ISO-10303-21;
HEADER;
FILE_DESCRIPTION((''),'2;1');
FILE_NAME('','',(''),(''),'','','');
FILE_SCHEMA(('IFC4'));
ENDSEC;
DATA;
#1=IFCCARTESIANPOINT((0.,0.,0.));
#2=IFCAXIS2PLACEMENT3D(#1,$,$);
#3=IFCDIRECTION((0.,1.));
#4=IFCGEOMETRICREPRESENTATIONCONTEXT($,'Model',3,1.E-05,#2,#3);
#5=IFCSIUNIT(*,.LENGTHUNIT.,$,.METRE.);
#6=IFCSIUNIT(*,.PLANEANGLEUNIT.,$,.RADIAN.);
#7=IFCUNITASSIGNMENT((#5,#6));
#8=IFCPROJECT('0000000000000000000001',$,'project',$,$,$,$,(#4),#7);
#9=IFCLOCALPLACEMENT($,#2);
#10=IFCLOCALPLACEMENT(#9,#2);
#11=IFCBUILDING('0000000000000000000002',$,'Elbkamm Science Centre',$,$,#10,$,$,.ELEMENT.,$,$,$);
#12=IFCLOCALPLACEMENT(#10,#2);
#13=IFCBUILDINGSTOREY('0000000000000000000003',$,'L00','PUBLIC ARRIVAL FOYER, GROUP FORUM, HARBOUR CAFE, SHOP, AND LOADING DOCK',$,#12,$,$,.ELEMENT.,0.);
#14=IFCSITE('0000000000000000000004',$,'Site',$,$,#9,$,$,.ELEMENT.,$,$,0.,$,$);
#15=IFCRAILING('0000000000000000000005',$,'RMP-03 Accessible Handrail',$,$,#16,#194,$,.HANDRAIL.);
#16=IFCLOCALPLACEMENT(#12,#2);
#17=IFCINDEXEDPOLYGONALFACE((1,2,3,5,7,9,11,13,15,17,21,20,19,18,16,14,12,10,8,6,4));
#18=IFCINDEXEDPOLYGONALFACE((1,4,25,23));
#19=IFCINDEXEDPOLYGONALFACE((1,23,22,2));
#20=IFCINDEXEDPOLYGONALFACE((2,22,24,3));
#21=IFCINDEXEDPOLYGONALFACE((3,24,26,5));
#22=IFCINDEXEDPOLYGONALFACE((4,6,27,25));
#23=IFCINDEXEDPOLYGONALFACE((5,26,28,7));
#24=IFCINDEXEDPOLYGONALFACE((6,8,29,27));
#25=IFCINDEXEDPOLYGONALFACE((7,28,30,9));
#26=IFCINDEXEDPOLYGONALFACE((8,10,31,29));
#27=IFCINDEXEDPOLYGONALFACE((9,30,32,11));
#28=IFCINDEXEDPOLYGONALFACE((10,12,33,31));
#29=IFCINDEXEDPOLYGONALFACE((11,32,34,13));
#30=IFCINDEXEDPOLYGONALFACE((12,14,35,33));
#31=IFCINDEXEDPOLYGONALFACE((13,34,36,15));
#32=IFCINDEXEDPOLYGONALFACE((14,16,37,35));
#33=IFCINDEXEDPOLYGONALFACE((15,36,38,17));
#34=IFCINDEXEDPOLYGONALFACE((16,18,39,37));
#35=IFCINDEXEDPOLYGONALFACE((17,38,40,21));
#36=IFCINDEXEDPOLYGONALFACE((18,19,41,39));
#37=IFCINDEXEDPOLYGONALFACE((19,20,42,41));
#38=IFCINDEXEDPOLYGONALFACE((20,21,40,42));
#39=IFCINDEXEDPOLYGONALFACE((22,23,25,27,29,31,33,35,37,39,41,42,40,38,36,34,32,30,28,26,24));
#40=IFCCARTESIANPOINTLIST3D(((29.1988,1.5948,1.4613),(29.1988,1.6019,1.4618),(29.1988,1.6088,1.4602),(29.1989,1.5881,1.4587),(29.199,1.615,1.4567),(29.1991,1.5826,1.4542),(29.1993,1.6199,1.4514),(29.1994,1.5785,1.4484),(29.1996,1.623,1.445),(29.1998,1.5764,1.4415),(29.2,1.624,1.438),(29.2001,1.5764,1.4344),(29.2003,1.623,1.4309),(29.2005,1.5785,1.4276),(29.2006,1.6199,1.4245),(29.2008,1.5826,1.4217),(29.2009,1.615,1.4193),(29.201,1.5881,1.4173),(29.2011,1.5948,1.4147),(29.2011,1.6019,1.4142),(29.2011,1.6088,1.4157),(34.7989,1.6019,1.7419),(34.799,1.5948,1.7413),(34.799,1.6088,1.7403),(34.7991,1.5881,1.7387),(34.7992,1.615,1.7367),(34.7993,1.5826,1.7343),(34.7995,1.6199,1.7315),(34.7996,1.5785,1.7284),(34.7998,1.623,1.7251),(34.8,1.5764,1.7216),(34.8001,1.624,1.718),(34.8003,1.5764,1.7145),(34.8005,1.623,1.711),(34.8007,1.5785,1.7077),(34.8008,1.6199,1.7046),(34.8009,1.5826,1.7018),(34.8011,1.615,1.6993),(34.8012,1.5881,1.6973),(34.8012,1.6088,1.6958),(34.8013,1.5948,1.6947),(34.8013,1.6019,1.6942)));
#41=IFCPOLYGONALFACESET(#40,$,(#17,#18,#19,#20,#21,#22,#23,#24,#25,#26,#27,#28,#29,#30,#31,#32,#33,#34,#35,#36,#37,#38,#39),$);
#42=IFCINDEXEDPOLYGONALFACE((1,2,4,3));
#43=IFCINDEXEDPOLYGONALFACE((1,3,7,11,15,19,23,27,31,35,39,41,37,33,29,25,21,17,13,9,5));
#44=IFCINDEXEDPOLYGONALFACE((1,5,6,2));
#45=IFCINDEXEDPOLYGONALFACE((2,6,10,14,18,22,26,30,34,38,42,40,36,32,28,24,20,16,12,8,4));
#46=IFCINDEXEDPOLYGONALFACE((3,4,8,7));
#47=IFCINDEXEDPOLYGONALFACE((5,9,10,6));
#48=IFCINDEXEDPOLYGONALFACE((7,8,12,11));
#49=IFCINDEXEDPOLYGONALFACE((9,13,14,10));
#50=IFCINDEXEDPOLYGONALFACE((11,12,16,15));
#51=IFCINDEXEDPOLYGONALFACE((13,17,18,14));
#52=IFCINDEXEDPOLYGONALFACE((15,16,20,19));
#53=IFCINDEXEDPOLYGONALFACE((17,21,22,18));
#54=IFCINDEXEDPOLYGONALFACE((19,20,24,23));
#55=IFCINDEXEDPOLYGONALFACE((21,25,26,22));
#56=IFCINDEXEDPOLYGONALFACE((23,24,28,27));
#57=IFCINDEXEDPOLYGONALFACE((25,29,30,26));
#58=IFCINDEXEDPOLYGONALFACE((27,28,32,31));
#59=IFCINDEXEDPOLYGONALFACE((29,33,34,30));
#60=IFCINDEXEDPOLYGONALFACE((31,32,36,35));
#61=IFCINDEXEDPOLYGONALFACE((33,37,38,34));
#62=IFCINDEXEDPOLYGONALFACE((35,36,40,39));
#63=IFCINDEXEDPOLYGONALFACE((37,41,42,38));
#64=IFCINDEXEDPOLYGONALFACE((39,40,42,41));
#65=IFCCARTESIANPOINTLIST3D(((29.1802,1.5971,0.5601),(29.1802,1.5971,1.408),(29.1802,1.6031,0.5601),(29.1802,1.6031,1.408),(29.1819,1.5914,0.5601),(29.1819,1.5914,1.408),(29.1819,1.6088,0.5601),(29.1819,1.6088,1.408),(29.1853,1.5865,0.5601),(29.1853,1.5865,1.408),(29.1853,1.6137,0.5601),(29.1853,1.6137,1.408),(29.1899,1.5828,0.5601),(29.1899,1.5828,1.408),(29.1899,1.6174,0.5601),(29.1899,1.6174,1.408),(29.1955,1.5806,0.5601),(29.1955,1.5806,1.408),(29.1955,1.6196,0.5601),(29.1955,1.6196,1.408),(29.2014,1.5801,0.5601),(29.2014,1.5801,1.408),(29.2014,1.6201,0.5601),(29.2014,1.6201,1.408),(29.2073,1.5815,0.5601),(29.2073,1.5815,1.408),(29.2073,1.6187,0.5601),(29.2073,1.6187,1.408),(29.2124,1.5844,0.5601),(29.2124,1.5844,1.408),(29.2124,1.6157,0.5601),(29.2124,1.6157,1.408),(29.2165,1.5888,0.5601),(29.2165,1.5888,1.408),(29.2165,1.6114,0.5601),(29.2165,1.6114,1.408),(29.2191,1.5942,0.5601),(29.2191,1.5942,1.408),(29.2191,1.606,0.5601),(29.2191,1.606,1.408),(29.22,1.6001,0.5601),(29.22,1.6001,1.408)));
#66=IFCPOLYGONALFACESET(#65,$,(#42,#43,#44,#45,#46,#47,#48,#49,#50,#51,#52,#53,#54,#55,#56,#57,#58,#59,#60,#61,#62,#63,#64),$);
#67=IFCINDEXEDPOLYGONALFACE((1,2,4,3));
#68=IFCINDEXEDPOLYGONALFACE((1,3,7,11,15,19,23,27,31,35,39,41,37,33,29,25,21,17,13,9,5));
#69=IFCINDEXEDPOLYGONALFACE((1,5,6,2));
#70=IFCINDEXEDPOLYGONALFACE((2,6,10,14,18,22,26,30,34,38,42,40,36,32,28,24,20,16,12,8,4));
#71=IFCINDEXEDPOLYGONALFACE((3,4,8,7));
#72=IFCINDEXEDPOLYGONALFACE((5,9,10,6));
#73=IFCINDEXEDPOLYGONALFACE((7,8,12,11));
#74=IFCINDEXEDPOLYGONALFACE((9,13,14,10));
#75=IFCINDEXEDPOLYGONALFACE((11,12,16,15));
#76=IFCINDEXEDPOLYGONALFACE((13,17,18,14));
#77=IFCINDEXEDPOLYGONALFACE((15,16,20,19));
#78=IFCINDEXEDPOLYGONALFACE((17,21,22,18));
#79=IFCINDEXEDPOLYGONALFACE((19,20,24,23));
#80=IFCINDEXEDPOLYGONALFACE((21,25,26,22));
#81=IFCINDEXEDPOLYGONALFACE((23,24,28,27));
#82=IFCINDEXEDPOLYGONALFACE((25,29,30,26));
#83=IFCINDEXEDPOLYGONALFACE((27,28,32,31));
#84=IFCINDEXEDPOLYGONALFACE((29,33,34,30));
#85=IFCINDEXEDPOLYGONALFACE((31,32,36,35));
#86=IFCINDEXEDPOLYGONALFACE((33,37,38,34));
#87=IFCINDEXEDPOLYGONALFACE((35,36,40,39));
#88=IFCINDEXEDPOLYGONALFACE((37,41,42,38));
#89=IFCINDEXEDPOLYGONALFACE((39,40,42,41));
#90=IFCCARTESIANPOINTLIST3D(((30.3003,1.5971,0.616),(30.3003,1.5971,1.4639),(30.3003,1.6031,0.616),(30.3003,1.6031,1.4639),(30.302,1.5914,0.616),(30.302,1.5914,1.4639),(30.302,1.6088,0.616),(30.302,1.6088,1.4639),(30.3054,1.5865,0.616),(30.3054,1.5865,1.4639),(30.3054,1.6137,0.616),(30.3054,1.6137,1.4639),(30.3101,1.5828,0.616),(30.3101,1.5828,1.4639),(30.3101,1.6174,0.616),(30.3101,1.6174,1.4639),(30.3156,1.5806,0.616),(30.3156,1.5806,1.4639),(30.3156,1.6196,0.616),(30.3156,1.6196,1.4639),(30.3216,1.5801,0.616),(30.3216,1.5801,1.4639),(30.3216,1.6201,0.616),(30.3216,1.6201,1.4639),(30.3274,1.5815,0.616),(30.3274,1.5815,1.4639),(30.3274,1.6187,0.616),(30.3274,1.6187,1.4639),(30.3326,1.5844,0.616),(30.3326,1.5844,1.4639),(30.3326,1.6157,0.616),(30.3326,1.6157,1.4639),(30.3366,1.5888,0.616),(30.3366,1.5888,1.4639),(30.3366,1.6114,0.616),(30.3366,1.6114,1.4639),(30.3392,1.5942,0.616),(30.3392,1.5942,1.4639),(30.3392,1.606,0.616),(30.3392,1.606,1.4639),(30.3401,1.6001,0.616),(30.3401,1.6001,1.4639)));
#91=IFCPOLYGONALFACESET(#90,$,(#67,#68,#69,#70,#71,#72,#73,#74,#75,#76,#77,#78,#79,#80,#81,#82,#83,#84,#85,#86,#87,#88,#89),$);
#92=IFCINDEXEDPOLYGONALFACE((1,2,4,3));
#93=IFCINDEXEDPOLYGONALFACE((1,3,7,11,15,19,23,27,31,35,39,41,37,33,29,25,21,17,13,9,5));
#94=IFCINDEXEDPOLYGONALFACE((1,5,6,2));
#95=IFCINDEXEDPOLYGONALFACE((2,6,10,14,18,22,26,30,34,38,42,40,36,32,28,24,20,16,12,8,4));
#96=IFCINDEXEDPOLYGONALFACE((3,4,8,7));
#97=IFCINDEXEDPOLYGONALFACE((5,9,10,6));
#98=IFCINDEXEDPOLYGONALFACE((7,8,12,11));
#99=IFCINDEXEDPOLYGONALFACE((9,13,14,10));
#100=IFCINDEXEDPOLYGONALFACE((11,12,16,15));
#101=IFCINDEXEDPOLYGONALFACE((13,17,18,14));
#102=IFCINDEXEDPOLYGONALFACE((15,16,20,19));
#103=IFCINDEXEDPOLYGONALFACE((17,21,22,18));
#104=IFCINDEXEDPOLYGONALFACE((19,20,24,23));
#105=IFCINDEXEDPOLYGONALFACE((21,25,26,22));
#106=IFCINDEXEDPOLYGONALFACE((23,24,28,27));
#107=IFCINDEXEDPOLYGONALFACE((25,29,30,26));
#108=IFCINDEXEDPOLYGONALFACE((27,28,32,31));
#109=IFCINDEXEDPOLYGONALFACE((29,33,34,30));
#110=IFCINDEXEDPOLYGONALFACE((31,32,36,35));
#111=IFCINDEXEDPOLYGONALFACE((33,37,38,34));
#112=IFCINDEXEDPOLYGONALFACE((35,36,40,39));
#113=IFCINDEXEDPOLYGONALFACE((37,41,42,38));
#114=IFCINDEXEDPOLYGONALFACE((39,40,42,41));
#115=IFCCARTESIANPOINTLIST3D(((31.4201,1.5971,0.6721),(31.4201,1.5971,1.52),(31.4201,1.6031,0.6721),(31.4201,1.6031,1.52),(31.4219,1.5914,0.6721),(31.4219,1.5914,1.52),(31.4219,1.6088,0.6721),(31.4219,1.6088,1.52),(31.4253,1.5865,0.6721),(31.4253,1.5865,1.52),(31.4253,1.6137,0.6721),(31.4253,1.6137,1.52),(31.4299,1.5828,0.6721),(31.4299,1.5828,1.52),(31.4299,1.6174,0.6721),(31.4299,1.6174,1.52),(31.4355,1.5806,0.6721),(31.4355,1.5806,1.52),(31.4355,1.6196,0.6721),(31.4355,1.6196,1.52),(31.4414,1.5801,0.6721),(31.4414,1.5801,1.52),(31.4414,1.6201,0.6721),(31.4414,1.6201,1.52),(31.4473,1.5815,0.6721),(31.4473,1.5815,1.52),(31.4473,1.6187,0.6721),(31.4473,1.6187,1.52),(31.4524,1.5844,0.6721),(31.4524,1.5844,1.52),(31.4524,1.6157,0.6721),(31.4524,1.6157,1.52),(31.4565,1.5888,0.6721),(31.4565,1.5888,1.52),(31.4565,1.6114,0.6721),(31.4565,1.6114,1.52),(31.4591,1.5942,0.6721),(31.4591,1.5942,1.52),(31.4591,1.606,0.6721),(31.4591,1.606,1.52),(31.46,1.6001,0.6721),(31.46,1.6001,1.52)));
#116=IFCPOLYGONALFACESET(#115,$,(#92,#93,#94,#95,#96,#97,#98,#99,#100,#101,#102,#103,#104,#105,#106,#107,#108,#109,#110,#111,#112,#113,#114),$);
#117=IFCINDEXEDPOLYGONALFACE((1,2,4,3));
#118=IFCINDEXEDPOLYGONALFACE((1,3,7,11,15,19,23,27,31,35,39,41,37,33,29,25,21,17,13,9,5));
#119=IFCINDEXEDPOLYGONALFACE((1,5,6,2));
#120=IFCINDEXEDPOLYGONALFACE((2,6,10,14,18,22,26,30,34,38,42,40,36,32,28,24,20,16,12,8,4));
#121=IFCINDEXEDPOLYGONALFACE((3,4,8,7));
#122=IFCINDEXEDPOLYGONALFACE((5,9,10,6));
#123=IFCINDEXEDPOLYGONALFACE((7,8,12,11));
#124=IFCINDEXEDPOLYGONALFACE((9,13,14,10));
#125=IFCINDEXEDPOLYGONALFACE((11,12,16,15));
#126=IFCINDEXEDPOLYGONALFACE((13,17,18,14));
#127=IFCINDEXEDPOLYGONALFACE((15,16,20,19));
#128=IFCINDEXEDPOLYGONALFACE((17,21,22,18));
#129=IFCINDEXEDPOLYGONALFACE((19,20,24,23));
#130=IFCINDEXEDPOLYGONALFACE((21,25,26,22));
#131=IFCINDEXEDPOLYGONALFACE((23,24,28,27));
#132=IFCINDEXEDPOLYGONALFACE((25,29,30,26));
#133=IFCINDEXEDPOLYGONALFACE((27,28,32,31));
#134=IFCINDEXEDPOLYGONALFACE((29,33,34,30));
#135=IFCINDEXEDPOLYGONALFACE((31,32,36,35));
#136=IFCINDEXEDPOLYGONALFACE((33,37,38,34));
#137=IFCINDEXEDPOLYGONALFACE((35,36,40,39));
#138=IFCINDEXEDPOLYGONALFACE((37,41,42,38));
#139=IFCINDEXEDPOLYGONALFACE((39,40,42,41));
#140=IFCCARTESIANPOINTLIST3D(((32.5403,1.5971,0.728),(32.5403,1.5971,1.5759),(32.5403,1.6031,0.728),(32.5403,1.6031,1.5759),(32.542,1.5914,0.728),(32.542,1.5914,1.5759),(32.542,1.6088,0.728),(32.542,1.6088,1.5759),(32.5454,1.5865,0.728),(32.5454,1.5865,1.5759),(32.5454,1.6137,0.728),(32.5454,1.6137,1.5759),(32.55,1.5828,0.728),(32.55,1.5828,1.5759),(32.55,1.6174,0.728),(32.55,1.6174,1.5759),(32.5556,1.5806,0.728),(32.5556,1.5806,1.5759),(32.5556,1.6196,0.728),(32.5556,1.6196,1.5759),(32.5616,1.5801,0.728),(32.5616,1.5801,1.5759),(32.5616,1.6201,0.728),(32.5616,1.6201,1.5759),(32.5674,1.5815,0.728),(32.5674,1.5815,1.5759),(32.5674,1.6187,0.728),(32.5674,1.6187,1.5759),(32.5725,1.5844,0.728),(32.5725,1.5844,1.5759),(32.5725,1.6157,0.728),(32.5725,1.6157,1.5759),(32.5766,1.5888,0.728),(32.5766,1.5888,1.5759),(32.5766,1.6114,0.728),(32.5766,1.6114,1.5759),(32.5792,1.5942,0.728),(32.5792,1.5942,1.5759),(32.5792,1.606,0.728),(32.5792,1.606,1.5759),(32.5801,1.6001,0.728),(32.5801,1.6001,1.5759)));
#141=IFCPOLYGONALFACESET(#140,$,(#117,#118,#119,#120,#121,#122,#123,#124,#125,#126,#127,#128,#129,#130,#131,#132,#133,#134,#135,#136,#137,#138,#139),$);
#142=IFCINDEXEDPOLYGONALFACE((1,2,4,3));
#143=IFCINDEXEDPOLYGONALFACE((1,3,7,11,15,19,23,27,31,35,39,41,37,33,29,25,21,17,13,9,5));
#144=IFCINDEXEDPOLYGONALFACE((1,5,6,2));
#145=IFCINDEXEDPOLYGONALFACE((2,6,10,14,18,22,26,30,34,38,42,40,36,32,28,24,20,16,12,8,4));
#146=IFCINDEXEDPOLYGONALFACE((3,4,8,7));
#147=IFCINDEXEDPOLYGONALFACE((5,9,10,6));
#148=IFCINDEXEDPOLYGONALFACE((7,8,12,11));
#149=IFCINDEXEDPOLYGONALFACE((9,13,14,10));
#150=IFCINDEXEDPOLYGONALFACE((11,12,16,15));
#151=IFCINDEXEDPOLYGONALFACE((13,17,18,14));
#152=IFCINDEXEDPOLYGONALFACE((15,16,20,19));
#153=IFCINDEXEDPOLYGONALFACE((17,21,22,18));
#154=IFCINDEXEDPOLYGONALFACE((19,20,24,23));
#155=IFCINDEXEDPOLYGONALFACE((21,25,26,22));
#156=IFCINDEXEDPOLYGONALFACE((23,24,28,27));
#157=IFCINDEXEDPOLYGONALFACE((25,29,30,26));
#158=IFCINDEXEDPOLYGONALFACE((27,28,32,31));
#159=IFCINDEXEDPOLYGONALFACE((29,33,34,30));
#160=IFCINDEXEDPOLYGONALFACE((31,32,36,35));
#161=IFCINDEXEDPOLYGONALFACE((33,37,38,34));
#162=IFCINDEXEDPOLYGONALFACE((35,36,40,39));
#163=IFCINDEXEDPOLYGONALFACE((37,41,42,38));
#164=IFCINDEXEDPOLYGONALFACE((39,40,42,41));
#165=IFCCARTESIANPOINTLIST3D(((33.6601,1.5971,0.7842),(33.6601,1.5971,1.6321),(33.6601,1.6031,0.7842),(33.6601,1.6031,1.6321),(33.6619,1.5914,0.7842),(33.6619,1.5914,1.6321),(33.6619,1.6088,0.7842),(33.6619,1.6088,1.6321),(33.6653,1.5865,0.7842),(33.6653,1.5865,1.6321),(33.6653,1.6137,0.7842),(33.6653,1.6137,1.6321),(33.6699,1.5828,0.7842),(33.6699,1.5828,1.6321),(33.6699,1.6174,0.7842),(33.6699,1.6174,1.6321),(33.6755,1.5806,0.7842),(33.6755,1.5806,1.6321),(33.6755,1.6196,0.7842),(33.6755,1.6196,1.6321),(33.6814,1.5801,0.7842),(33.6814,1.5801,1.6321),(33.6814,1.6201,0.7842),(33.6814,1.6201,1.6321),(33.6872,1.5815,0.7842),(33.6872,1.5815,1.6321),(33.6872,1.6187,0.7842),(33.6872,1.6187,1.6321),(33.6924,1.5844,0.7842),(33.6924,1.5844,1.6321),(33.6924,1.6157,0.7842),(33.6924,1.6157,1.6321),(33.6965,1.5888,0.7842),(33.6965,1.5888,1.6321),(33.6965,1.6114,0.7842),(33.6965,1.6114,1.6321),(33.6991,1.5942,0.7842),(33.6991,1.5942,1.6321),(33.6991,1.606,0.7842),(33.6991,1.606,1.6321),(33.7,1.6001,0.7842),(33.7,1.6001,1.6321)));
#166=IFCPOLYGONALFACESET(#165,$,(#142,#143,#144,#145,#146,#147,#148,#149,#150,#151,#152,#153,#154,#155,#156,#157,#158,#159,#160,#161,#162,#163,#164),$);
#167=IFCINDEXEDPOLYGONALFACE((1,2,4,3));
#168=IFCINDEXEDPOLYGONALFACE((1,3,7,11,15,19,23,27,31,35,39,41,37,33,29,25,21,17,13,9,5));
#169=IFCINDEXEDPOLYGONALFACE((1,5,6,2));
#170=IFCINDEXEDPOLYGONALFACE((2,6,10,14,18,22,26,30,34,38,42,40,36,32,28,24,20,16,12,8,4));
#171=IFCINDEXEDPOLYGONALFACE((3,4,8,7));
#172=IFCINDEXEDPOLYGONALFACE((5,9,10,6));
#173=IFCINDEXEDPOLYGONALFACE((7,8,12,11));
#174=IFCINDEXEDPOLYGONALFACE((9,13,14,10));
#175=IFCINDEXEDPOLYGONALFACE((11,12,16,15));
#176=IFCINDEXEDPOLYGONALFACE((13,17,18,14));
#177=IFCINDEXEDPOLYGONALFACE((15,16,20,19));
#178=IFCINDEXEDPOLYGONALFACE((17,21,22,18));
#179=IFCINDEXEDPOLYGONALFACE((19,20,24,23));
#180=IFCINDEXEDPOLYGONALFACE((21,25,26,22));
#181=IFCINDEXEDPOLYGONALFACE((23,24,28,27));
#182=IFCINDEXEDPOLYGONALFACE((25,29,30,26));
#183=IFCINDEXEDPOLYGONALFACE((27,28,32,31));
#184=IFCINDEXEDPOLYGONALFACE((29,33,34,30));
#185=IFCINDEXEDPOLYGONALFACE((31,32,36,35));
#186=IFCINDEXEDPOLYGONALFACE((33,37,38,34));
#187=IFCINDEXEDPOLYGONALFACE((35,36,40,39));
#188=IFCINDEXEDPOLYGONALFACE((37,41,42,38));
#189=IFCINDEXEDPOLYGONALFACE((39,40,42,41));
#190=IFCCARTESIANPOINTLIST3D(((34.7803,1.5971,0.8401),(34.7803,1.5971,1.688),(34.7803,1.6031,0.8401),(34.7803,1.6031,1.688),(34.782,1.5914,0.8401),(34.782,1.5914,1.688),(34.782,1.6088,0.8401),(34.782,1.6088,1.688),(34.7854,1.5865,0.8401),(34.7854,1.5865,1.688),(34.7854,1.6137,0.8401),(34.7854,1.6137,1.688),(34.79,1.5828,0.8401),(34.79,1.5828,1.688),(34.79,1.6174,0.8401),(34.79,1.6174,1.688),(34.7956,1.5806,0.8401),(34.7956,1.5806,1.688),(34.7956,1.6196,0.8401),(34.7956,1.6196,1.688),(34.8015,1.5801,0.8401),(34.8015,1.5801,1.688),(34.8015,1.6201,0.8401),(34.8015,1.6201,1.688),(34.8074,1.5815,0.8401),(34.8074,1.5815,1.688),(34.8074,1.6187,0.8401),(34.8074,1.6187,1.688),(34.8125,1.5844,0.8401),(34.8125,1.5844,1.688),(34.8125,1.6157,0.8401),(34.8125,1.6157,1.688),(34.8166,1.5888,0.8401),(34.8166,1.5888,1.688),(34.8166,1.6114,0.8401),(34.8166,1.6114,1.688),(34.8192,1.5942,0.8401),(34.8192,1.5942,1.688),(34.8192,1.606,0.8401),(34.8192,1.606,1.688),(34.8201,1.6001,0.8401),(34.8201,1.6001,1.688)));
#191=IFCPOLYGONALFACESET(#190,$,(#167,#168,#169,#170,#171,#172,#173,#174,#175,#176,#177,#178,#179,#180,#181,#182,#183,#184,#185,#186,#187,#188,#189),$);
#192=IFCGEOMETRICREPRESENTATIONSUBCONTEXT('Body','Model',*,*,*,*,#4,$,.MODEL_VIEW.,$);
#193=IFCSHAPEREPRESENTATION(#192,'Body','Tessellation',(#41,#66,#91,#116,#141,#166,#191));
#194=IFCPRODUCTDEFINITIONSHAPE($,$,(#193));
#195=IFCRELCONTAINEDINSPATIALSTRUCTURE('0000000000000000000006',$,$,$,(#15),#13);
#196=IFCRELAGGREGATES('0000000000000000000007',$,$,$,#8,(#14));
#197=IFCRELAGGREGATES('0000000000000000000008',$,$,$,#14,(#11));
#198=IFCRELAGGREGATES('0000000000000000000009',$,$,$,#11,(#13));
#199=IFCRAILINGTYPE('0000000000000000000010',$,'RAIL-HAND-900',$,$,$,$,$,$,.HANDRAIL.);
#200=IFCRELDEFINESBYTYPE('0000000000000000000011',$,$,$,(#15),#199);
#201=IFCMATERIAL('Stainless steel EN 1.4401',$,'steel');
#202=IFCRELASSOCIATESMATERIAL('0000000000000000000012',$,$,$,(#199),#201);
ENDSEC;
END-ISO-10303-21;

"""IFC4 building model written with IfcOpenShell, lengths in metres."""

from ifc_helpers import new_model, si_unit, direction, frame, origin, origin_2d, place, context, subcontext, project, spatial, circle, extrude, material, type_object, element, save


model = new_model("IFC4")

# Units and contexts
model_context = context("Model", 3, precision=1e-05, world=origin(), true_north=direction((0.0, 1.0)))
body_context = subcontext(model_context, "Body", "Model", "MODEL_VIEW")
ifc_project = project(units=[si_unit("LENGTHUNIT", "METRE"), si_unit("PLANEANGLEUNIT", "RADIAN")], contexts=[model_context])

# Site, building, storey
site_placement = place(None, origin())
site = spatial("IfcSite", under=ifc_project, at=site_placement, Name="Site", CompositionType="ELEMENT", RefElevation=0.0)
building_placement = place(site_placement, origin())
building = spatial("IfcBuilding", under=site, at=building_placement, Name="Elbkamm Science Centre", CompositionType="ELEMENT")
storey_placement = place(building_placement, origin())
storey = spatial("IfcBuildingStorey", under=building, at=storey_placement, Name="L00", Description="PUBLIC ARRIVAL FOYER, GROUP FORUM, HARBOUR CAFE, SHOP, AND LOADING DOCK", CompositionType="ELEMENT", Elevation=0.0)

# Railing
ifc_material_1 = material(Name="Stainless steel EN 1.4401", Category="steel")
railing_type_1 = type_object("IfcRailingType", Name="RAIL-HAND-900", PredefinedType="HANDRAIL", material=ifc_material_1)
railing_1_placement = place(storey_placement, frame((29.2, 1.6001, 0.5601)))
element("IfcRailing", 1, at=railing_1_placement, inside=storey, type_object=railing_type_1, Name="RMP-03 Accessible Handrail", PredefinedType="HANDRAIL", context=body_context, shape_type="SweptSolid", body=[
    extrude(circle(Radius=0.0239, at=origin_2d()), frame((0.0, 0.0, 0.8779), z_axis=(0.998752, 0.0, 0.049942), x_axis=(0.0, 1.0, 0.0)), (0.0, 0.0, 1.0), 5.6072),
    extrude(circle(Radius=0.02, at=origin_2d()), origin(), (0.0, 0.0, 1.0), 0.8479),
    extrude(circle(Radius=0.02, at=origin_2d()), frame((1.1201, 0.0, 0.0559)), (0.0, 0.0, 1.0), 0.8479),
    extrude(circle(Radius=0.02, at=origin_2d()), frame((2.24, 0.0, 0.1121)), (0.0, 0.0, 1.0), 0.8479),
    extrude(circle(Radius=0.02, at=origin_2d()), frame((3.3601, 0.0, 0.168)), (0.0, 0.0, 1.0), 0.8479),
    extrude(circle(Radius=0.02, at=origin_2d()), frame((4.48, 0.0, 0.2241)), (0.0, 0.0, 1.0), 0.8479),
    extrude(circle(Radius=0.02, at=origin_2d()), frame((5.6001, 0.0, 0.28)), (0.0, 0.0, 1.0), 0.8479),
])

save(model, "model.ifc")
